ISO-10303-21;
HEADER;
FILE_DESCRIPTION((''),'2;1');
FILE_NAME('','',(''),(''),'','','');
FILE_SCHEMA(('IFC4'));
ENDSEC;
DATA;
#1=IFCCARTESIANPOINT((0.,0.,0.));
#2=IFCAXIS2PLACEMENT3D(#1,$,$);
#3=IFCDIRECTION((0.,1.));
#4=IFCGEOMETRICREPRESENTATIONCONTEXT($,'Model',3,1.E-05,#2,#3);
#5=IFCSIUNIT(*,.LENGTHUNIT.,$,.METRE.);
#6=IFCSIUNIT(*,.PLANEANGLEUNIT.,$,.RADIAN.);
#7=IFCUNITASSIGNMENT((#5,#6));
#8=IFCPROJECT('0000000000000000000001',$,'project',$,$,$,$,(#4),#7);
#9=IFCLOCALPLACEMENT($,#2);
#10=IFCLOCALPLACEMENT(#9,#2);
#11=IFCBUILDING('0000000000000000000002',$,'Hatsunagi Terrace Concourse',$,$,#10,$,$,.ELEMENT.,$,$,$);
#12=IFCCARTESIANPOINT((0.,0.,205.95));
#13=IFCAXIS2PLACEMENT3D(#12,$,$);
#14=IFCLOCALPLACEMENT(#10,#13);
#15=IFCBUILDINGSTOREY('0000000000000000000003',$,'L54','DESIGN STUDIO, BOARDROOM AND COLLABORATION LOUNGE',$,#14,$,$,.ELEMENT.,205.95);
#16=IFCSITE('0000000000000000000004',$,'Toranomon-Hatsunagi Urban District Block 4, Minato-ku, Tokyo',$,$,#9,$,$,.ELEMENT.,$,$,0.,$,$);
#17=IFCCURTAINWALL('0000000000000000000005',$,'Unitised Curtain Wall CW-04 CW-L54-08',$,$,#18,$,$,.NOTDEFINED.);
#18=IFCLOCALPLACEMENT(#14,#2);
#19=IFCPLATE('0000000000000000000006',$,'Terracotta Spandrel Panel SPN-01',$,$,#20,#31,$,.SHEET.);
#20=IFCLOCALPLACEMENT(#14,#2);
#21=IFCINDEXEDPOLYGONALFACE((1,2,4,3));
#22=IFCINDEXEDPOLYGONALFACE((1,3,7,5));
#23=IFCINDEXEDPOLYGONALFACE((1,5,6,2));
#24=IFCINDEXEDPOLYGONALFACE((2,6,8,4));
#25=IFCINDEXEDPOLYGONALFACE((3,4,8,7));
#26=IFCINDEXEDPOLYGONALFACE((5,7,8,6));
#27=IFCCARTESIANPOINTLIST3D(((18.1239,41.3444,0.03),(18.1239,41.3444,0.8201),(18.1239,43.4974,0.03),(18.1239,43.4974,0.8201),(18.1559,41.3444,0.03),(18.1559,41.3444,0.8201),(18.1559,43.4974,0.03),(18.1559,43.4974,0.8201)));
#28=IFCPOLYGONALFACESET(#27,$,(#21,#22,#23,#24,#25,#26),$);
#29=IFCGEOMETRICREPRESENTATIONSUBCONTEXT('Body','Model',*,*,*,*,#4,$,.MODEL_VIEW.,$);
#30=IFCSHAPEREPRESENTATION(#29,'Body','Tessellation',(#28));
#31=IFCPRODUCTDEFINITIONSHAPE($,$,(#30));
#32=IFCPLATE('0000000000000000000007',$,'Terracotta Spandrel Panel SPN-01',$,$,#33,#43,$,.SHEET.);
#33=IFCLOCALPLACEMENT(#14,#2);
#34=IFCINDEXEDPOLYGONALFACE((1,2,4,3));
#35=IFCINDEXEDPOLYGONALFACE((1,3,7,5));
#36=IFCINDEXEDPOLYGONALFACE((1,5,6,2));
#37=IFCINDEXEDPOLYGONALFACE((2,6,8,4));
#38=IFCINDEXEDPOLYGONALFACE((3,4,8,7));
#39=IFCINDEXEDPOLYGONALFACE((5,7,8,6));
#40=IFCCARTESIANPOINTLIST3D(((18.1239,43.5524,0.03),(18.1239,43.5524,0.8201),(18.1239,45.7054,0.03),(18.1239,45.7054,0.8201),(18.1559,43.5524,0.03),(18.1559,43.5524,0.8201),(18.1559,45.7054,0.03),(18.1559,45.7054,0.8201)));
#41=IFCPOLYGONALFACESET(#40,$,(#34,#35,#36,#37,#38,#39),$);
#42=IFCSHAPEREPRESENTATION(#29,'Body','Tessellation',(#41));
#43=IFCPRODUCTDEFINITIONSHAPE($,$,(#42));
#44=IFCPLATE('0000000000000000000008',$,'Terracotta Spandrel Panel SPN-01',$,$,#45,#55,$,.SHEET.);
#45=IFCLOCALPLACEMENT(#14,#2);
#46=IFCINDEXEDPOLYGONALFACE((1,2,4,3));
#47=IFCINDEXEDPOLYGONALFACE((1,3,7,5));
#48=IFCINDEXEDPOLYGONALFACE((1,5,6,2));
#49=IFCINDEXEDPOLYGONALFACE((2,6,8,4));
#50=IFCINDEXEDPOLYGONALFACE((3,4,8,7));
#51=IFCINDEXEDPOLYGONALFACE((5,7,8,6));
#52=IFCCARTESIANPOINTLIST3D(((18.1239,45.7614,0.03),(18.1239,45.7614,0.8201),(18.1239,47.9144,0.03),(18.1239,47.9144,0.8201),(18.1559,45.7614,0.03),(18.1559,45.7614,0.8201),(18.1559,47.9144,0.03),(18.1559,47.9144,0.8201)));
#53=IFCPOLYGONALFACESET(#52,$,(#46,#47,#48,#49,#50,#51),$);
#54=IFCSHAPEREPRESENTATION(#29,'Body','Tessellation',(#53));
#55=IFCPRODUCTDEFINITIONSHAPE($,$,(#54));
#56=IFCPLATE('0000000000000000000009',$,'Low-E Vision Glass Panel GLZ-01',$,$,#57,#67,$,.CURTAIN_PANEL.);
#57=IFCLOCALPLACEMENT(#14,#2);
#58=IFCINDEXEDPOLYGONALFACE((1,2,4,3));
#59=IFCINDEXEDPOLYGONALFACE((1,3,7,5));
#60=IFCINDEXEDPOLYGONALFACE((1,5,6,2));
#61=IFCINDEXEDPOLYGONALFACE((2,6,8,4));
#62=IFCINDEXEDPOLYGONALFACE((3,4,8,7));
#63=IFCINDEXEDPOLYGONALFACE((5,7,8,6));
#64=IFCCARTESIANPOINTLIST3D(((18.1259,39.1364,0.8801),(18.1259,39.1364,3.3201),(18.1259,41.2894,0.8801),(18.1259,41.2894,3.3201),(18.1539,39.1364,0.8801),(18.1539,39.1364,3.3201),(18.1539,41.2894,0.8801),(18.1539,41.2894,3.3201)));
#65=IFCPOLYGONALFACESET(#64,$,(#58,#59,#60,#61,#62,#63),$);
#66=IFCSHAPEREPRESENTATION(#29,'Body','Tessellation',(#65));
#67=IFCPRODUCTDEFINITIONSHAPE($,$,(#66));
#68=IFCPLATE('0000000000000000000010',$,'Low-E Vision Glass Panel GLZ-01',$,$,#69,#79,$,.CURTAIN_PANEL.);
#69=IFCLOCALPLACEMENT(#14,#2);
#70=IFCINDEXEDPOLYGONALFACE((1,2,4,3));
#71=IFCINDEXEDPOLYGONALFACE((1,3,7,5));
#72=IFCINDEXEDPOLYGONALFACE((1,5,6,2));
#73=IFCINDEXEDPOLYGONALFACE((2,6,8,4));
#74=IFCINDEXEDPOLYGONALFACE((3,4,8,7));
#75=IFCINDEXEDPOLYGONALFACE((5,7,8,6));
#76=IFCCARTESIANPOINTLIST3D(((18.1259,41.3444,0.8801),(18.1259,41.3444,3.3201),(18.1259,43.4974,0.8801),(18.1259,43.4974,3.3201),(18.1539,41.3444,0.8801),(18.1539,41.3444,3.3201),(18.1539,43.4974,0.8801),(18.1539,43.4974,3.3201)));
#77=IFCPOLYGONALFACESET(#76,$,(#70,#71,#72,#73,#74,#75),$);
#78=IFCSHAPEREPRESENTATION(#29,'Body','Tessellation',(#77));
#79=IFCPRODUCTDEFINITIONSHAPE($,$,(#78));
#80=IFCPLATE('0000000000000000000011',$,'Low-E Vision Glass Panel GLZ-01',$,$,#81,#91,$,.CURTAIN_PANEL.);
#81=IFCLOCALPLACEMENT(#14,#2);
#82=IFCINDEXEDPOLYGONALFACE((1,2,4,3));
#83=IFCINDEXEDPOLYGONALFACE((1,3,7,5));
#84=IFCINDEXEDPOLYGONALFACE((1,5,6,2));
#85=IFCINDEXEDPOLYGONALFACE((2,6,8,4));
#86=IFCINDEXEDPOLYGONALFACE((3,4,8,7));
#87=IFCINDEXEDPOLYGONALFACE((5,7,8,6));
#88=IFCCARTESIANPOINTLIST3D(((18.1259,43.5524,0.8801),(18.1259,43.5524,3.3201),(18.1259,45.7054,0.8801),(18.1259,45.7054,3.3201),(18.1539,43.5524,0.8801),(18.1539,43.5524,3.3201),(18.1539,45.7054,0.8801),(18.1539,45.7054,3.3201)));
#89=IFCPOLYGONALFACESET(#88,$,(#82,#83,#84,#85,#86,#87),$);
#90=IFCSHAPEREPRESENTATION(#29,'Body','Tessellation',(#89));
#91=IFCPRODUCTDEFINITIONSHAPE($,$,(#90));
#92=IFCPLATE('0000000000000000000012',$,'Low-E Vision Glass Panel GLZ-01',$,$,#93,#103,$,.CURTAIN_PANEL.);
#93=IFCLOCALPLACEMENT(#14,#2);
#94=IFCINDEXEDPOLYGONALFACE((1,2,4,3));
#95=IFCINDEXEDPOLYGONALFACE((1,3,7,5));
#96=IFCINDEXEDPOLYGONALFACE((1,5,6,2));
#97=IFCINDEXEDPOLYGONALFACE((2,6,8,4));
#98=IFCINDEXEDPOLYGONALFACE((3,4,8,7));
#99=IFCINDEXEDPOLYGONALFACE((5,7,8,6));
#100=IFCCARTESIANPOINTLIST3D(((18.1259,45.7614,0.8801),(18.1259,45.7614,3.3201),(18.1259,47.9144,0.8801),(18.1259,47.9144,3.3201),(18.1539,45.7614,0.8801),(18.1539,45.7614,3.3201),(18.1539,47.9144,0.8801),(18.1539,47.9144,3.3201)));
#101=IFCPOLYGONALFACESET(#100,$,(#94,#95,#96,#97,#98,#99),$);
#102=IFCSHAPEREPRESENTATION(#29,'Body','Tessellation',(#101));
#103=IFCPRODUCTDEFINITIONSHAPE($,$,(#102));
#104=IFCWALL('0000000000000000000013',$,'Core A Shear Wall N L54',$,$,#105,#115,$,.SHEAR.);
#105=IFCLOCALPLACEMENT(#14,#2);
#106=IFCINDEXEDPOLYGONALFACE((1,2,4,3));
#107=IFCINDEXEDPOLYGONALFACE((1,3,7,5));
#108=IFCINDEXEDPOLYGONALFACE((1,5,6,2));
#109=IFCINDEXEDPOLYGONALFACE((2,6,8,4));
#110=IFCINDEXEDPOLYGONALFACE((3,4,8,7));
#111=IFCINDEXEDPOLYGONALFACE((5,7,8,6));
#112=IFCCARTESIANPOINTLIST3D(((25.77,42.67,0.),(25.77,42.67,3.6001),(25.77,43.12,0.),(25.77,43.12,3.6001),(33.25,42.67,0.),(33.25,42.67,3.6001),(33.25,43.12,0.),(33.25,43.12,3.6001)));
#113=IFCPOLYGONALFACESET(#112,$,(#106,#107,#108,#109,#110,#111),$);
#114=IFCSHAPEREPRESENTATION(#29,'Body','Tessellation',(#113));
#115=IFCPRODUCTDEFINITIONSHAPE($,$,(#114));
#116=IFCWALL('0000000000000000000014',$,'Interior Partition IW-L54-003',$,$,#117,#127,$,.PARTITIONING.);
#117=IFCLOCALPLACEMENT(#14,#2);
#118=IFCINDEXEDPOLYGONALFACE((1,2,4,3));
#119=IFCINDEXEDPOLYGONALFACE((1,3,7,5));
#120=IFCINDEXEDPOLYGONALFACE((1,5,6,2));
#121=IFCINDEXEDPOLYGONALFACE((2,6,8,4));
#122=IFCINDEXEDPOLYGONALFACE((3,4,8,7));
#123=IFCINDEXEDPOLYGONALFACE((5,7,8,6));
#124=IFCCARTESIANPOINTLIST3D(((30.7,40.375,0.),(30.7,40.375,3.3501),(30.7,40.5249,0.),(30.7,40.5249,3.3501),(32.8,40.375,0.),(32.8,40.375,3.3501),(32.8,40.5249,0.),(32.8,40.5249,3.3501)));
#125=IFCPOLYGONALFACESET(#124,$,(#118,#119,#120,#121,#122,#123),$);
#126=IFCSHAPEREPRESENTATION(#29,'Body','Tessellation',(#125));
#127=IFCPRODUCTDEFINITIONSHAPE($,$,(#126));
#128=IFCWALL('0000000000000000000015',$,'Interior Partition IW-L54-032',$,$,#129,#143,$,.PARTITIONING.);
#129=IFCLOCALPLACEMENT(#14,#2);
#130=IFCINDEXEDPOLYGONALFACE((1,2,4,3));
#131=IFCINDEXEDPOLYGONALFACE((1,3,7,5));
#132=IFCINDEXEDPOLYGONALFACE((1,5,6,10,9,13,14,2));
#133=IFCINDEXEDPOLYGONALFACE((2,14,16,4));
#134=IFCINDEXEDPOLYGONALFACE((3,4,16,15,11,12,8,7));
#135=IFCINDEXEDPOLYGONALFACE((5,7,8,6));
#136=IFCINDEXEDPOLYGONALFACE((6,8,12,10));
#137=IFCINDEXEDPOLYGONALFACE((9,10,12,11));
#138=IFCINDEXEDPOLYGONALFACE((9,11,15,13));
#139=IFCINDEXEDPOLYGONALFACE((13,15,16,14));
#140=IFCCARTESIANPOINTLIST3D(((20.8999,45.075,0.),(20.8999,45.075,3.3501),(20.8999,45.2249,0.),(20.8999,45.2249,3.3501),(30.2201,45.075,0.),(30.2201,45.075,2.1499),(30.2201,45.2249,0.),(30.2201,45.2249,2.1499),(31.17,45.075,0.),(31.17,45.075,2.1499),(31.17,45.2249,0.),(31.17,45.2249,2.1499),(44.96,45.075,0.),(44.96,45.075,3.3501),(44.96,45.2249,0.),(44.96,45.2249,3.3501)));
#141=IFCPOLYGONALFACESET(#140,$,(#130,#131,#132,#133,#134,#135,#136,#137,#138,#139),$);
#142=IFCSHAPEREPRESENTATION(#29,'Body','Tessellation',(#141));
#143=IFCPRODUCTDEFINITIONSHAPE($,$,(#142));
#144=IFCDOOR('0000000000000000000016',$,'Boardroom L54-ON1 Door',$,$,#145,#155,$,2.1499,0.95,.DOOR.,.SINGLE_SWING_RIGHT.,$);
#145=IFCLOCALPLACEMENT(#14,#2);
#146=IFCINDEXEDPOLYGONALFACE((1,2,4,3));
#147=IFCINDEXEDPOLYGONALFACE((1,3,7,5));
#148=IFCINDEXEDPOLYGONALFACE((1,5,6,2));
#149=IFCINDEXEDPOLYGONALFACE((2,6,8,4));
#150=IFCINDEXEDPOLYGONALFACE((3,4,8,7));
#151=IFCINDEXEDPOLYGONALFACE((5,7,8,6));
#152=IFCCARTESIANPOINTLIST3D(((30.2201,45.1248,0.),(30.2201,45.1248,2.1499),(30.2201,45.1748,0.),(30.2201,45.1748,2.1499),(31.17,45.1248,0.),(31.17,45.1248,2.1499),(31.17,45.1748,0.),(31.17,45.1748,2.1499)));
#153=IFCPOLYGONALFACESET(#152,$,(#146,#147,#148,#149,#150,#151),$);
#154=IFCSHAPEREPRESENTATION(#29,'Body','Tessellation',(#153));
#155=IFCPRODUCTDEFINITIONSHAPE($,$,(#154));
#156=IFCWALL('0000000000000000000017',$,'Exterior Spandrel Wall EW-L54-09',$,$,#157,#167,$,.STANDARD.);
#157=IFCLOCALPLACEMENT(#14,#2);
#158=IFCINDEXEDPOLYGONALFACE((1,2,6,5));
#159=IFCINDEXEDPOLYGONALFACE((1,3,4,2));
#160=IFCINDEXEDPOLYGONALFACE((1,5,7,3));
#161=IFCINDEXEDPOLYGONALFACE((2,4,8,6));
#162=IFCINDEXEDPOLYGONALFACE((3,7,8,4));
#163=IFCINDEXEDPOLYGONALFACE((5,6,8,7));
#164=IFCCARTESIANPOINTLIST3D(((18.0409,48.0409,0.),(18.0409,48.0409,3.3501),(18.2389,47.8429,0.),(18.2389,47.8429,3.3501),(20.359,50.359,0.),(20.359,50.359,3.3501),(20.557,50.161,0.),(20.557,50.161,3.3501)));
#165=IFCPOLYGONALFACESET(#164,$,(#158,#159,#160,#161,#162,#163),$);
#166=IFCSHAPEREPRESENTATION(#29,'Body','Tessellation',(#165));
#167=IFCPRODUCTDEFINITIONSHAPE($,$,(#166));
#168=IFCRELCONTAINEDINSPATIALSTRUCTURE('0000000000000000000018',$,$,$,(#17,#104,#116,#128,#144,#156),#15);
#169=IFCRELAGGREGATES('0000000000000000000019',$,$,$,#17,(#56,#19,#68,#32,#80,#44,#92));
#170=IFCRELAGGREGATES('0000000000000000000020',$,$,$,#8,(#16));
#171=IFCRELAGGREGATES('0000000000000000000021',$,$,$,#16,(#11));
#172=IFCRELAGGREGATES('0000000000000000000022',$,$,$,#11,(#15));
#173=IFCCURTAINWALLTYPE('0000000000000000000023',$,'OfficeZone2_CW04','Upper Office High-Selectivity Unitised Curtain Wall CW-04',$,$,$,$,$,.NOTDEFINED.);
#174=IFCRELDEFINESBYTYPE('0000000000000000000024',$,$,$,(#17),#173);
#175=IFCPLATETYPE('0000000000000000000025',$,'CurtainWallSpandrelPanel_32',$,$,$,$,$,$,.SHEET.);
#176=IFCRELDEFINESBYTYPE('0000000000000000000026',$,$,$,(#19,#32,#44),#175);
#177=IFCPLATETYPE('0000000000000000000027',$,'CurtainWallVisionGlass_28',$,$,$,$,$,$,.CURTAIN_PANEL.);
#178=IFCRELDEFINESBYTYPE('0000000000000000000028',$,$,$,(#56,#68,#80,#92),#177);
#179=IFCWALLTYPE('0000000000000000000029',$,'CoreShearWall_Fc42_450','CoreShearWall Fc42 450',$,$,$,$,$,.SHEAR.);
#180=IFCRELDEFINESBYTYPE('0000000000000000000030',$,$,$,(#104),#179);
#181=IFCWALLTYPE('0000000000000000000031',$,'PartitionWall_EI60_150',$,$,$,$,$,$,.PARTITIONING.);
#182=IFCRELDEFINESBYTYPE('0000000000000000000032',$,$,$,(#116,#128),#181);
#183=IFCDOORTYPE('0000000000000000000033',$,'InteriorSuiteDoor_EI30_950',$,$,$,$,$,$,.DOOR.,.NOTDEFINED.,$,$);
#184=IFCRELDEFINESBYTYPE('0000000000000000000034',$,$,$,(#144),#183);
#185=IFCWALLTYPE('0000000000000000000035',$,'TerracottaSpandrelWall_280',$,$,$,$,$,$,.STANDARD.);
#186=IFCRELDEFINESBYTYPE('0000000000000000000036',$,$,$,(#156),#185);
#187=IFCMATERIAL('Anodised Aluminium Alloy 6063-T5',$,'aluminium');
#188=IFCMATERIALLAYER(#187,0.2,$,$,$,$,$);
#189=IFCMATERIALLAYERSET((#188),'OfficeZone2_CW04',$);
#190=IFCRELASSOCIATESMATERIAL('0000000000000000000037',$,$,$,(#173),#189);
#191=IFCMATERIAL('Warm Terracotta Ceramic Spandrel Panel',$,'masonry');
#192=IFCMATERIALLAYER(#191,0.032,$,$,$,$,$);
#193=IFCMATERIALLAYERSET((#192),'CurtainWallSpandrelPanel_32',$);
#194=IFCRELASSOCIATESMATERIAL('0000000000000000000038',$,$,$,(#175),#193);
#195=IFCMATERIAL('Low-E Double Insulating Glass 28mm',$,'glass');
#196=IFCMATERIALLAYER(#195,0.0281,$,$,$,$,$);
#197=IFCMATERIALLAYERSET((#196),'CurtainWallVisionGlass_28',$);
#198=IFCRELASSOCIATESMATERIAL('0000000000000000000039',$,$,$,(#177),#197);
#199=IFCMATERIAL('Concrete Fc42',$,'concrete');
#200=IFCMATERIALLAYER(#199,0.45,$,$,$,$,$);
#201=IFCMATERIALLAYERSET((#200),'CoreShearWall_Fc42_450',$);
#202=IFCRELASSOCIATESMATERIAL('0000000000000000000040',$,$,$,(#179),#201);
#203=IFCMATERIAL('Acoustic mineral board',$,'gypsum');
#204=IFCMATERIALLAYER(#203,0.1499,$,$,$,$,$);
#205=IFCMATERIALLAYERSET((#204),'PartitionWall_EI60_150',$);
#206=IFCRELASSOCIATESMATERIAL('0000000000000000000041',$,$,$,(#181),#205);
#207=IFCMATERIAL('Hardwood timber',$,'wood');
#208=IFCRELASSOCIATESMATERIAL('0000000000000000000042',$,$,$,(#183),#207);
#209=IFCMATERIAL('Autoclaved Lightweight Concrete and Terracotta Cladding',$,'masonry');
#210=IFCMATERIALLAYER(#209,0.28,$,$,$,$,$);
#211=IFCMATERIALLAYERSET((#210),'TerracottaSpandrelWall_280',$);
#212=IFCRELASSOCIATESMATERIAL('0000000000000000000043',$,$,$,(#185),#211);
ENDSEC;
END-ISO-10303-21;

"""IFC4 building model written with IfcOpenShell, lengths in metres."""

from ifc_helpers import new_model, si_unit, direction, frame, frame_2d, origin, origin_2d, place, context, subcontext, project, spatial, rectangle, extrude, material, layer, layer_set, type_object, element, fill, aggregate, save


model = new_model("IFC4")

# Units and contexts
model_context = context("Model", 3, precision=1e-05, world=origin(), true_north=direction((0.0, 1.0)))
body_context = subcontext(model_context, "Body", "Model", "MODEL_VIEW")
ifc_project = project(units=[si_unit("LENGTHUNIT", "METRE"), si_unit("PLANEANGLEUNIT", "RADIAN")], contexts=[model_context])

# Site, building, storey
site_placement = place(None, origin())
site = spatial("IfcSite", under=ifc_project, at=site_placement, Name="Toranomon-Hatsunagi Urban District Block 4, Minato-ku, Tokyo", CompositionType="ELEMENT", RefElevation=0.0)
building_placement = place(site_placement, origin())
building = spatial("IfcBuilding", under=site, at=building_placement, Name="Hatsunagi Terrace Concourse", CompositionType="ELEMENT")
storey_placement = place(building_placement, frame((0.0, 0.0, 205.95)))
storey = spatial("IfcBuildingStorey", under=building, at=storey_placement, Name="L54", Description="DESIGN STUDIO, BOARDROOM AND COLLABORATION LOUNGE", CompositionType="ELEMENT", Elevation=205.95)

# Curtain wall
ifc_material_1 = material(Name="Anodised Aluminium Alloy 6063-T5", Category="aluminium")
ifc_layer_1 = layer(ifc_material_1, 0.2)
ifc_layer_set_1 = layer_set([ifc_layer_1], Name="OfficeZone2_CW04")
curtain_wall_type = type_object("IfcCurtainWallType", Name="OfficeZone2_CW04", Description="Upper Office High-Selectivity Unitised Curtain Wall CW-04", PredefinedType="NOTDEFINED", material=ifc_layer_set_1)
curtain_wall_placement = place(storey_placement, origin())
curtain_wall = element("IfcCurtainWall", 1, at=curtain_wall_placement, inside=storey, type_object=curtain_wall_type, Name="Unitised Curtain Wall CW-04 CW-L54-08", PredefinedType="NOTDEFINED")

# Plates
ifc_material_2 = material(Name="Warm Terracotta Ceramic Spandrel Panel", Category="masonry")
ifc_layer_2 = layer(ifc_material_2, 0.032)
ifc_layer_set_2 = layer_set([ifc_layer_2], Name="CurtainWallSpandrelPanel_32")
plate_type_1 = type_object("IfcPlateType", Name="CurtainWallSpandrelPanel_32", PredefinedType="SHEET", material=ifc_layer_set_2)
plate_1_placement = place(storey_placement, frame((18.1399, 42.4209, 0.03), z_axis=(0.0, 0.0, 1.0), x_axis=(0.0, 1.0, 0.0)))
plate_1 = element("IfcPlate", 2, at=plate_1_placement, type_object=plate_type_1, Name="Terracotta Spandrel Panel SPN-01", PredefinedType="SHEET", context=body_context, shape_type="SweptSolid", body=[
    extrude(rectangle(XDim=2.1531, YDim=0.032, at=origin_2d()), origin(), (0.0, 0.0, 1.0), 0.79),
])
plate_2_placement = place(storey_placement, frame((18.1399, 44.6289, 0.03), z_axis=(0.0, 0.0, 1.0), x_axis=(0.0, 1.0, 0.0)))
plate_2 = element("IfcPlate", 3, at=plate_2_placement, type_object=plate_type_1, Name="Terracotta Spandrel Panel SPN-01", PredefinedType="SHEET", context=body_context, shape_type="SweptSolid", body=[
    extrude(rectangle(XDim=2.1531, YDim=0.032, at=origin_2d()), origin(), (0.0, 0.0, 1.0), 0.79),
])
plate_3_placement = place(storey_placement, frame((18.1399, 46.8379, 0.03), z_axis=(0.0, 0.0, 1.0), x_axis=(0.0, 1.0, 0.0)))
plate_3 = element("IfcPlate", 4, at=plate_3_placement, type_object=plate_type_1, Name="Terracotta Spandrel Panel SPN-01", PredefinedType="SHEET", context=body_context, shape_type="SweptSolid", body=[
    extrude(rectangle(XDim=2.1531, YDim=0.032, at=origin_2d()), origin(), (0.0, 0.0, 1.0), 0.79),
])
ifc_material_3 = material(Name="Low-E Double Insulating Glass 28mm", Category="glass")
ifc_layer_3 = layer(ifc_material_3, 0.0281)
ifc_layer_set_3 = layer_set([ifc_layer_3], Name="CurtainWallVisionGlass_28")
plate_type_2 = type_object("IfcPlateType", Name="CurtainWallVisionGlass_28", PredefinedType="CURTAIN_PANEL", material=ifc_layer_set_3)
plate_4_placement = place(storey_placement, frame((18.1399, 40.2129, 0.8801), z_axis=(0.0, 0.0, 1.0), x_axis=(0.0, 1.0, 0.0)))
plate_4 = element("IfcPlate", 5, at=plate_4_placement, type_object=plate_type_2, Name="Low-E Vision Glass Panel GLZ-01", PredefinedType="CURTAIN_PANEL", context=body_context, shape_type="SweptSolid", body=[
    extrude(rectangle(XDim=2.1531, YDim=0.0281, at=origin_2d()), origin(), (0.0, 0.0, 1.0), 2.4399),
])
plate_5_placement = place(storey_placement, frame((18.1399, 42.4209, 0.8801), z_axis=(0.0, 0.0, 1.0), x_axis=(0.0, 1.0, 0.0)))
plate_5 = element("IfcPlate", 6, at=plate_5_placement, type_object=plate_type_2, Name="Low-E Vision Glass Panel GLZ-01", PredefinedType="CURTAIN_PANEL", context=body_context, shape_type="SweptSolid", body=[
    extrude(rectangle(XDim=2.1531, YDim=0.0281, at=origin_2d()), origin(), (0.0, 0.0, 1.0), 2.4399),
])
plate_6_placement = place(storey_placement, frame((18.1399, 44.6289, 0.8801), z_axis=(0.0, 0.0, 1.0), x_axis=(0.0, 1.0, 0.0)))
plate_6 = element("IfcPlate", 7, at=plate_6_placement, type_object=plate_type_2, Name="Low-E Vision Glass Panel GLZ-01", PredefinedType="CURTAIN_PANEL", context=body_context, shape_type="SweptSolid", body=[
    extrude(rectangle(XDim=2.1531, YDim=0.0281, at=origin_2d()), origin(), (0.0, 0.0, 1.0), 2.4399),
])
plate_7_placement = place(storey_placement, frame((18.1399, 46.8379, 0.8801), z_axis=(0.0, 0.0, 1.0), x_axis=(0.0, 1.0, 0.0)))
plate_7 = element("IfcPlate", 8, at=plate_7_placement, type_object=plate_type_2, Name="Low-E Vision Glass Panel GLZ-01", PredefinedType="CURTAIN_PANEL", context=body_context, shape_type="SweptSolid", body=[
    extrude(rectangle(XDim=2.1531, YDim=0.0281, at=origin_2d()), origin(), (0.0, 0.0, 1.0), 2.4399),
])
aggregate(curtain_wall, [plate_4, plate_1, plate_5, plate_2, plate_6, plate_3, plate_7])

# Walls
ifc_material_4 = material(Name="Concrete Fc42", Category="concrete")
ifc_layer_4 = layer(ifc_material_4, 0.45)
ifc_layer_set_4 = layer_set([ifc_layer_4], Name="CoreShearWall_Fc42_450")
wall_type_1 = type_object("IfcWallType", Name="CoreShearWall_Fc42_450", Description="CoreShearWall Fc42 450", PredefinedType="SHEAR", material=ifc_layer_set_4)
wall_1_placement = place(storey_placement, frame((25.77, 42.895, 0.0), z_axis=(0.0, 0.0, 1.0), x_axis=(1.0, 0.0, 0.0)))
element("IfcWall", 9, at=wall_1_placement, inside=storey, type_object=wall_type_1, Name="Core A Shear Wall N L54", PredefinedType="SHEAR", context=body_context, shape_type="SweptSolid", body=[
    extrude(rectangle(XDim=7.48, YDim=0.45, at=frame_2d((3.74, 0.0))), origin(), (0.0, 0.0, 1.0), 3.6001),
])
ifc_material_5 = material(Name="Acoustic mineral board", Category="gypsum")
ifc_layer_5 = layer(ifc_material_5, 0.1499)
ifc_layer_set_5 = layer_set([ifc_layer_5], Name="PartitionWall_EI60_150")
wall_type_2 = type_object("IfcWallType", Name="PartitionWall_EI60_150", PredefinedType="PARTITIONING", material=ifc_layer_set_5)
wall_2_placement = place(storey_placement, frame((30.7, 40.45, 0.0), z_axis=(0.0, 0.0, 1.0), x_axis=(1.0, 0.0, 0.0)))
element("IfcWall", 10, at=wall_2_placement, inside=storey, type_object=wall_type_2, Name="Interior Partition IW-L54-003", PredefinedType="PARTITIONING", context=body_context, shape_type="SweptSolid", body=[
    extrude(rectangle(XDim=2.1001, YDim=0.1499, at=frame_2d((1.05, 0.0))), origin(), (0.0, 0.0, 1.0), 3.3501),
])

# Wall, opening, door
wall_3_placement = place(storey_placement, frame((20.8999, 45.1499, 0.0), z_axis=(0.0, 0.0, 1.0), x_axis=(1.0, 0.0, 0.0)))
wall_3 = element("IfcWall", 11, at=wall_3_placement, inside=storey, type_object=wall_type_2, Name="Interior Partition IW-L54-032", PredefinedType="PARTITIONING", context=body_context, shape_type="SweptSolid", body=[
    extrude(rectangle(XDim=24.0601, YDim=0.1499, at=frame_2d((12.03, 0.0))), origin(), (0.0, 0.0, 1.0), 3.3501),
])
opening_1_placement = place(wall_3_placement, frame((9.3201, 0.0, 0.0)))
opening_1 = element("IfcOpeningElement", 12, at=opening_1_placement, cuts=wall_3, PredefinedType="OPENING", context=body_context, shape_type="SweptSolid", body=[
    extrude(rectangle(XDim=0.95, YDim=2.1499, at=frame_2d((0.4751, 1.075))), frame((0.0, 0.085, 0.0), z_axis=(0.0, -1.0, 0.0), x_axis=(1.0, 0.0, 0.0)), (0.0, 0.0, 1.0), 0.1699),
])
ifc_material_6 = material(Name="Hardwood timber", Category="wood")
door_type_1 = type_object("IfcDoorType", Name="InteriorSuiteDoor_EI30_950", OperationType="NOTDEFINED", PredefinedType="DOOR", material=ifc_material_6)
door_1_placement = place(opening_1_placement, origin())
door_1 = element("IfcDoor", 13, at=door_1_placement, inside=storey, type_object=door_type_1, Name="Boardroom L54-ON1 Door", OperationType="SINGLE_SWING_RIGHT", OverallHeight=2.1499, OverallWidth=0.95, PredefinedType="DOOR", context=body_context, shape_type="SweptSolid", body=[
    extrude(rectangle(XDim=0.95, YDim=2.1499, at=frame_2d((0.4751, 1.075))), frame((0.0, 0.0249, 0.0), z_axis=(0.0, -1.0, 0.0), x_axis=(1.0, 0.0, 0.0)), (0.0, 0.0, 1.0), 0.05),
])
fill(opening_1, door_1)

# Wall
ifc_material_7 = material(Name="Autoclaved Lightweight Concrete and Terracotta Cladding", Category="masonry")
ifc_layer_6 = layer(ifc_material_7, 0.28)
ifc_layer_set_6 = layer_set([ifc_layer_6], Name="TerracottaSpandrelWall_280")
wall_type_3 = type_object("IfcWallType", Name="TerracottaSpandrelWall_280", PredefinedType="STANDARD", material=ifc_layer_set_6)
wall_4_placement = place(storey_placement, frame((18.1399, 47.9419, 0.0), z_axis=(0.0, 0.0, 1.0), x_axis=(0.707107, 0.707107, 0.0)))
element("IfcWall", 14, at=wall_4_placement, inside=storey, type_object=wall_type_3, Name="Exterior Spandrel Wall EW-L54-09", PredefinedType="STANDARD", context=body_context, shape_type="SweptSolid", body=[
    extrude(rectangle(XDim=3.2783, YDim=0.28, at=frame_2d((1.6392, 0.0))), origin(), (0.0, 0.0, 1.0), 3.3501),
])

save(model, "model.ifc")
